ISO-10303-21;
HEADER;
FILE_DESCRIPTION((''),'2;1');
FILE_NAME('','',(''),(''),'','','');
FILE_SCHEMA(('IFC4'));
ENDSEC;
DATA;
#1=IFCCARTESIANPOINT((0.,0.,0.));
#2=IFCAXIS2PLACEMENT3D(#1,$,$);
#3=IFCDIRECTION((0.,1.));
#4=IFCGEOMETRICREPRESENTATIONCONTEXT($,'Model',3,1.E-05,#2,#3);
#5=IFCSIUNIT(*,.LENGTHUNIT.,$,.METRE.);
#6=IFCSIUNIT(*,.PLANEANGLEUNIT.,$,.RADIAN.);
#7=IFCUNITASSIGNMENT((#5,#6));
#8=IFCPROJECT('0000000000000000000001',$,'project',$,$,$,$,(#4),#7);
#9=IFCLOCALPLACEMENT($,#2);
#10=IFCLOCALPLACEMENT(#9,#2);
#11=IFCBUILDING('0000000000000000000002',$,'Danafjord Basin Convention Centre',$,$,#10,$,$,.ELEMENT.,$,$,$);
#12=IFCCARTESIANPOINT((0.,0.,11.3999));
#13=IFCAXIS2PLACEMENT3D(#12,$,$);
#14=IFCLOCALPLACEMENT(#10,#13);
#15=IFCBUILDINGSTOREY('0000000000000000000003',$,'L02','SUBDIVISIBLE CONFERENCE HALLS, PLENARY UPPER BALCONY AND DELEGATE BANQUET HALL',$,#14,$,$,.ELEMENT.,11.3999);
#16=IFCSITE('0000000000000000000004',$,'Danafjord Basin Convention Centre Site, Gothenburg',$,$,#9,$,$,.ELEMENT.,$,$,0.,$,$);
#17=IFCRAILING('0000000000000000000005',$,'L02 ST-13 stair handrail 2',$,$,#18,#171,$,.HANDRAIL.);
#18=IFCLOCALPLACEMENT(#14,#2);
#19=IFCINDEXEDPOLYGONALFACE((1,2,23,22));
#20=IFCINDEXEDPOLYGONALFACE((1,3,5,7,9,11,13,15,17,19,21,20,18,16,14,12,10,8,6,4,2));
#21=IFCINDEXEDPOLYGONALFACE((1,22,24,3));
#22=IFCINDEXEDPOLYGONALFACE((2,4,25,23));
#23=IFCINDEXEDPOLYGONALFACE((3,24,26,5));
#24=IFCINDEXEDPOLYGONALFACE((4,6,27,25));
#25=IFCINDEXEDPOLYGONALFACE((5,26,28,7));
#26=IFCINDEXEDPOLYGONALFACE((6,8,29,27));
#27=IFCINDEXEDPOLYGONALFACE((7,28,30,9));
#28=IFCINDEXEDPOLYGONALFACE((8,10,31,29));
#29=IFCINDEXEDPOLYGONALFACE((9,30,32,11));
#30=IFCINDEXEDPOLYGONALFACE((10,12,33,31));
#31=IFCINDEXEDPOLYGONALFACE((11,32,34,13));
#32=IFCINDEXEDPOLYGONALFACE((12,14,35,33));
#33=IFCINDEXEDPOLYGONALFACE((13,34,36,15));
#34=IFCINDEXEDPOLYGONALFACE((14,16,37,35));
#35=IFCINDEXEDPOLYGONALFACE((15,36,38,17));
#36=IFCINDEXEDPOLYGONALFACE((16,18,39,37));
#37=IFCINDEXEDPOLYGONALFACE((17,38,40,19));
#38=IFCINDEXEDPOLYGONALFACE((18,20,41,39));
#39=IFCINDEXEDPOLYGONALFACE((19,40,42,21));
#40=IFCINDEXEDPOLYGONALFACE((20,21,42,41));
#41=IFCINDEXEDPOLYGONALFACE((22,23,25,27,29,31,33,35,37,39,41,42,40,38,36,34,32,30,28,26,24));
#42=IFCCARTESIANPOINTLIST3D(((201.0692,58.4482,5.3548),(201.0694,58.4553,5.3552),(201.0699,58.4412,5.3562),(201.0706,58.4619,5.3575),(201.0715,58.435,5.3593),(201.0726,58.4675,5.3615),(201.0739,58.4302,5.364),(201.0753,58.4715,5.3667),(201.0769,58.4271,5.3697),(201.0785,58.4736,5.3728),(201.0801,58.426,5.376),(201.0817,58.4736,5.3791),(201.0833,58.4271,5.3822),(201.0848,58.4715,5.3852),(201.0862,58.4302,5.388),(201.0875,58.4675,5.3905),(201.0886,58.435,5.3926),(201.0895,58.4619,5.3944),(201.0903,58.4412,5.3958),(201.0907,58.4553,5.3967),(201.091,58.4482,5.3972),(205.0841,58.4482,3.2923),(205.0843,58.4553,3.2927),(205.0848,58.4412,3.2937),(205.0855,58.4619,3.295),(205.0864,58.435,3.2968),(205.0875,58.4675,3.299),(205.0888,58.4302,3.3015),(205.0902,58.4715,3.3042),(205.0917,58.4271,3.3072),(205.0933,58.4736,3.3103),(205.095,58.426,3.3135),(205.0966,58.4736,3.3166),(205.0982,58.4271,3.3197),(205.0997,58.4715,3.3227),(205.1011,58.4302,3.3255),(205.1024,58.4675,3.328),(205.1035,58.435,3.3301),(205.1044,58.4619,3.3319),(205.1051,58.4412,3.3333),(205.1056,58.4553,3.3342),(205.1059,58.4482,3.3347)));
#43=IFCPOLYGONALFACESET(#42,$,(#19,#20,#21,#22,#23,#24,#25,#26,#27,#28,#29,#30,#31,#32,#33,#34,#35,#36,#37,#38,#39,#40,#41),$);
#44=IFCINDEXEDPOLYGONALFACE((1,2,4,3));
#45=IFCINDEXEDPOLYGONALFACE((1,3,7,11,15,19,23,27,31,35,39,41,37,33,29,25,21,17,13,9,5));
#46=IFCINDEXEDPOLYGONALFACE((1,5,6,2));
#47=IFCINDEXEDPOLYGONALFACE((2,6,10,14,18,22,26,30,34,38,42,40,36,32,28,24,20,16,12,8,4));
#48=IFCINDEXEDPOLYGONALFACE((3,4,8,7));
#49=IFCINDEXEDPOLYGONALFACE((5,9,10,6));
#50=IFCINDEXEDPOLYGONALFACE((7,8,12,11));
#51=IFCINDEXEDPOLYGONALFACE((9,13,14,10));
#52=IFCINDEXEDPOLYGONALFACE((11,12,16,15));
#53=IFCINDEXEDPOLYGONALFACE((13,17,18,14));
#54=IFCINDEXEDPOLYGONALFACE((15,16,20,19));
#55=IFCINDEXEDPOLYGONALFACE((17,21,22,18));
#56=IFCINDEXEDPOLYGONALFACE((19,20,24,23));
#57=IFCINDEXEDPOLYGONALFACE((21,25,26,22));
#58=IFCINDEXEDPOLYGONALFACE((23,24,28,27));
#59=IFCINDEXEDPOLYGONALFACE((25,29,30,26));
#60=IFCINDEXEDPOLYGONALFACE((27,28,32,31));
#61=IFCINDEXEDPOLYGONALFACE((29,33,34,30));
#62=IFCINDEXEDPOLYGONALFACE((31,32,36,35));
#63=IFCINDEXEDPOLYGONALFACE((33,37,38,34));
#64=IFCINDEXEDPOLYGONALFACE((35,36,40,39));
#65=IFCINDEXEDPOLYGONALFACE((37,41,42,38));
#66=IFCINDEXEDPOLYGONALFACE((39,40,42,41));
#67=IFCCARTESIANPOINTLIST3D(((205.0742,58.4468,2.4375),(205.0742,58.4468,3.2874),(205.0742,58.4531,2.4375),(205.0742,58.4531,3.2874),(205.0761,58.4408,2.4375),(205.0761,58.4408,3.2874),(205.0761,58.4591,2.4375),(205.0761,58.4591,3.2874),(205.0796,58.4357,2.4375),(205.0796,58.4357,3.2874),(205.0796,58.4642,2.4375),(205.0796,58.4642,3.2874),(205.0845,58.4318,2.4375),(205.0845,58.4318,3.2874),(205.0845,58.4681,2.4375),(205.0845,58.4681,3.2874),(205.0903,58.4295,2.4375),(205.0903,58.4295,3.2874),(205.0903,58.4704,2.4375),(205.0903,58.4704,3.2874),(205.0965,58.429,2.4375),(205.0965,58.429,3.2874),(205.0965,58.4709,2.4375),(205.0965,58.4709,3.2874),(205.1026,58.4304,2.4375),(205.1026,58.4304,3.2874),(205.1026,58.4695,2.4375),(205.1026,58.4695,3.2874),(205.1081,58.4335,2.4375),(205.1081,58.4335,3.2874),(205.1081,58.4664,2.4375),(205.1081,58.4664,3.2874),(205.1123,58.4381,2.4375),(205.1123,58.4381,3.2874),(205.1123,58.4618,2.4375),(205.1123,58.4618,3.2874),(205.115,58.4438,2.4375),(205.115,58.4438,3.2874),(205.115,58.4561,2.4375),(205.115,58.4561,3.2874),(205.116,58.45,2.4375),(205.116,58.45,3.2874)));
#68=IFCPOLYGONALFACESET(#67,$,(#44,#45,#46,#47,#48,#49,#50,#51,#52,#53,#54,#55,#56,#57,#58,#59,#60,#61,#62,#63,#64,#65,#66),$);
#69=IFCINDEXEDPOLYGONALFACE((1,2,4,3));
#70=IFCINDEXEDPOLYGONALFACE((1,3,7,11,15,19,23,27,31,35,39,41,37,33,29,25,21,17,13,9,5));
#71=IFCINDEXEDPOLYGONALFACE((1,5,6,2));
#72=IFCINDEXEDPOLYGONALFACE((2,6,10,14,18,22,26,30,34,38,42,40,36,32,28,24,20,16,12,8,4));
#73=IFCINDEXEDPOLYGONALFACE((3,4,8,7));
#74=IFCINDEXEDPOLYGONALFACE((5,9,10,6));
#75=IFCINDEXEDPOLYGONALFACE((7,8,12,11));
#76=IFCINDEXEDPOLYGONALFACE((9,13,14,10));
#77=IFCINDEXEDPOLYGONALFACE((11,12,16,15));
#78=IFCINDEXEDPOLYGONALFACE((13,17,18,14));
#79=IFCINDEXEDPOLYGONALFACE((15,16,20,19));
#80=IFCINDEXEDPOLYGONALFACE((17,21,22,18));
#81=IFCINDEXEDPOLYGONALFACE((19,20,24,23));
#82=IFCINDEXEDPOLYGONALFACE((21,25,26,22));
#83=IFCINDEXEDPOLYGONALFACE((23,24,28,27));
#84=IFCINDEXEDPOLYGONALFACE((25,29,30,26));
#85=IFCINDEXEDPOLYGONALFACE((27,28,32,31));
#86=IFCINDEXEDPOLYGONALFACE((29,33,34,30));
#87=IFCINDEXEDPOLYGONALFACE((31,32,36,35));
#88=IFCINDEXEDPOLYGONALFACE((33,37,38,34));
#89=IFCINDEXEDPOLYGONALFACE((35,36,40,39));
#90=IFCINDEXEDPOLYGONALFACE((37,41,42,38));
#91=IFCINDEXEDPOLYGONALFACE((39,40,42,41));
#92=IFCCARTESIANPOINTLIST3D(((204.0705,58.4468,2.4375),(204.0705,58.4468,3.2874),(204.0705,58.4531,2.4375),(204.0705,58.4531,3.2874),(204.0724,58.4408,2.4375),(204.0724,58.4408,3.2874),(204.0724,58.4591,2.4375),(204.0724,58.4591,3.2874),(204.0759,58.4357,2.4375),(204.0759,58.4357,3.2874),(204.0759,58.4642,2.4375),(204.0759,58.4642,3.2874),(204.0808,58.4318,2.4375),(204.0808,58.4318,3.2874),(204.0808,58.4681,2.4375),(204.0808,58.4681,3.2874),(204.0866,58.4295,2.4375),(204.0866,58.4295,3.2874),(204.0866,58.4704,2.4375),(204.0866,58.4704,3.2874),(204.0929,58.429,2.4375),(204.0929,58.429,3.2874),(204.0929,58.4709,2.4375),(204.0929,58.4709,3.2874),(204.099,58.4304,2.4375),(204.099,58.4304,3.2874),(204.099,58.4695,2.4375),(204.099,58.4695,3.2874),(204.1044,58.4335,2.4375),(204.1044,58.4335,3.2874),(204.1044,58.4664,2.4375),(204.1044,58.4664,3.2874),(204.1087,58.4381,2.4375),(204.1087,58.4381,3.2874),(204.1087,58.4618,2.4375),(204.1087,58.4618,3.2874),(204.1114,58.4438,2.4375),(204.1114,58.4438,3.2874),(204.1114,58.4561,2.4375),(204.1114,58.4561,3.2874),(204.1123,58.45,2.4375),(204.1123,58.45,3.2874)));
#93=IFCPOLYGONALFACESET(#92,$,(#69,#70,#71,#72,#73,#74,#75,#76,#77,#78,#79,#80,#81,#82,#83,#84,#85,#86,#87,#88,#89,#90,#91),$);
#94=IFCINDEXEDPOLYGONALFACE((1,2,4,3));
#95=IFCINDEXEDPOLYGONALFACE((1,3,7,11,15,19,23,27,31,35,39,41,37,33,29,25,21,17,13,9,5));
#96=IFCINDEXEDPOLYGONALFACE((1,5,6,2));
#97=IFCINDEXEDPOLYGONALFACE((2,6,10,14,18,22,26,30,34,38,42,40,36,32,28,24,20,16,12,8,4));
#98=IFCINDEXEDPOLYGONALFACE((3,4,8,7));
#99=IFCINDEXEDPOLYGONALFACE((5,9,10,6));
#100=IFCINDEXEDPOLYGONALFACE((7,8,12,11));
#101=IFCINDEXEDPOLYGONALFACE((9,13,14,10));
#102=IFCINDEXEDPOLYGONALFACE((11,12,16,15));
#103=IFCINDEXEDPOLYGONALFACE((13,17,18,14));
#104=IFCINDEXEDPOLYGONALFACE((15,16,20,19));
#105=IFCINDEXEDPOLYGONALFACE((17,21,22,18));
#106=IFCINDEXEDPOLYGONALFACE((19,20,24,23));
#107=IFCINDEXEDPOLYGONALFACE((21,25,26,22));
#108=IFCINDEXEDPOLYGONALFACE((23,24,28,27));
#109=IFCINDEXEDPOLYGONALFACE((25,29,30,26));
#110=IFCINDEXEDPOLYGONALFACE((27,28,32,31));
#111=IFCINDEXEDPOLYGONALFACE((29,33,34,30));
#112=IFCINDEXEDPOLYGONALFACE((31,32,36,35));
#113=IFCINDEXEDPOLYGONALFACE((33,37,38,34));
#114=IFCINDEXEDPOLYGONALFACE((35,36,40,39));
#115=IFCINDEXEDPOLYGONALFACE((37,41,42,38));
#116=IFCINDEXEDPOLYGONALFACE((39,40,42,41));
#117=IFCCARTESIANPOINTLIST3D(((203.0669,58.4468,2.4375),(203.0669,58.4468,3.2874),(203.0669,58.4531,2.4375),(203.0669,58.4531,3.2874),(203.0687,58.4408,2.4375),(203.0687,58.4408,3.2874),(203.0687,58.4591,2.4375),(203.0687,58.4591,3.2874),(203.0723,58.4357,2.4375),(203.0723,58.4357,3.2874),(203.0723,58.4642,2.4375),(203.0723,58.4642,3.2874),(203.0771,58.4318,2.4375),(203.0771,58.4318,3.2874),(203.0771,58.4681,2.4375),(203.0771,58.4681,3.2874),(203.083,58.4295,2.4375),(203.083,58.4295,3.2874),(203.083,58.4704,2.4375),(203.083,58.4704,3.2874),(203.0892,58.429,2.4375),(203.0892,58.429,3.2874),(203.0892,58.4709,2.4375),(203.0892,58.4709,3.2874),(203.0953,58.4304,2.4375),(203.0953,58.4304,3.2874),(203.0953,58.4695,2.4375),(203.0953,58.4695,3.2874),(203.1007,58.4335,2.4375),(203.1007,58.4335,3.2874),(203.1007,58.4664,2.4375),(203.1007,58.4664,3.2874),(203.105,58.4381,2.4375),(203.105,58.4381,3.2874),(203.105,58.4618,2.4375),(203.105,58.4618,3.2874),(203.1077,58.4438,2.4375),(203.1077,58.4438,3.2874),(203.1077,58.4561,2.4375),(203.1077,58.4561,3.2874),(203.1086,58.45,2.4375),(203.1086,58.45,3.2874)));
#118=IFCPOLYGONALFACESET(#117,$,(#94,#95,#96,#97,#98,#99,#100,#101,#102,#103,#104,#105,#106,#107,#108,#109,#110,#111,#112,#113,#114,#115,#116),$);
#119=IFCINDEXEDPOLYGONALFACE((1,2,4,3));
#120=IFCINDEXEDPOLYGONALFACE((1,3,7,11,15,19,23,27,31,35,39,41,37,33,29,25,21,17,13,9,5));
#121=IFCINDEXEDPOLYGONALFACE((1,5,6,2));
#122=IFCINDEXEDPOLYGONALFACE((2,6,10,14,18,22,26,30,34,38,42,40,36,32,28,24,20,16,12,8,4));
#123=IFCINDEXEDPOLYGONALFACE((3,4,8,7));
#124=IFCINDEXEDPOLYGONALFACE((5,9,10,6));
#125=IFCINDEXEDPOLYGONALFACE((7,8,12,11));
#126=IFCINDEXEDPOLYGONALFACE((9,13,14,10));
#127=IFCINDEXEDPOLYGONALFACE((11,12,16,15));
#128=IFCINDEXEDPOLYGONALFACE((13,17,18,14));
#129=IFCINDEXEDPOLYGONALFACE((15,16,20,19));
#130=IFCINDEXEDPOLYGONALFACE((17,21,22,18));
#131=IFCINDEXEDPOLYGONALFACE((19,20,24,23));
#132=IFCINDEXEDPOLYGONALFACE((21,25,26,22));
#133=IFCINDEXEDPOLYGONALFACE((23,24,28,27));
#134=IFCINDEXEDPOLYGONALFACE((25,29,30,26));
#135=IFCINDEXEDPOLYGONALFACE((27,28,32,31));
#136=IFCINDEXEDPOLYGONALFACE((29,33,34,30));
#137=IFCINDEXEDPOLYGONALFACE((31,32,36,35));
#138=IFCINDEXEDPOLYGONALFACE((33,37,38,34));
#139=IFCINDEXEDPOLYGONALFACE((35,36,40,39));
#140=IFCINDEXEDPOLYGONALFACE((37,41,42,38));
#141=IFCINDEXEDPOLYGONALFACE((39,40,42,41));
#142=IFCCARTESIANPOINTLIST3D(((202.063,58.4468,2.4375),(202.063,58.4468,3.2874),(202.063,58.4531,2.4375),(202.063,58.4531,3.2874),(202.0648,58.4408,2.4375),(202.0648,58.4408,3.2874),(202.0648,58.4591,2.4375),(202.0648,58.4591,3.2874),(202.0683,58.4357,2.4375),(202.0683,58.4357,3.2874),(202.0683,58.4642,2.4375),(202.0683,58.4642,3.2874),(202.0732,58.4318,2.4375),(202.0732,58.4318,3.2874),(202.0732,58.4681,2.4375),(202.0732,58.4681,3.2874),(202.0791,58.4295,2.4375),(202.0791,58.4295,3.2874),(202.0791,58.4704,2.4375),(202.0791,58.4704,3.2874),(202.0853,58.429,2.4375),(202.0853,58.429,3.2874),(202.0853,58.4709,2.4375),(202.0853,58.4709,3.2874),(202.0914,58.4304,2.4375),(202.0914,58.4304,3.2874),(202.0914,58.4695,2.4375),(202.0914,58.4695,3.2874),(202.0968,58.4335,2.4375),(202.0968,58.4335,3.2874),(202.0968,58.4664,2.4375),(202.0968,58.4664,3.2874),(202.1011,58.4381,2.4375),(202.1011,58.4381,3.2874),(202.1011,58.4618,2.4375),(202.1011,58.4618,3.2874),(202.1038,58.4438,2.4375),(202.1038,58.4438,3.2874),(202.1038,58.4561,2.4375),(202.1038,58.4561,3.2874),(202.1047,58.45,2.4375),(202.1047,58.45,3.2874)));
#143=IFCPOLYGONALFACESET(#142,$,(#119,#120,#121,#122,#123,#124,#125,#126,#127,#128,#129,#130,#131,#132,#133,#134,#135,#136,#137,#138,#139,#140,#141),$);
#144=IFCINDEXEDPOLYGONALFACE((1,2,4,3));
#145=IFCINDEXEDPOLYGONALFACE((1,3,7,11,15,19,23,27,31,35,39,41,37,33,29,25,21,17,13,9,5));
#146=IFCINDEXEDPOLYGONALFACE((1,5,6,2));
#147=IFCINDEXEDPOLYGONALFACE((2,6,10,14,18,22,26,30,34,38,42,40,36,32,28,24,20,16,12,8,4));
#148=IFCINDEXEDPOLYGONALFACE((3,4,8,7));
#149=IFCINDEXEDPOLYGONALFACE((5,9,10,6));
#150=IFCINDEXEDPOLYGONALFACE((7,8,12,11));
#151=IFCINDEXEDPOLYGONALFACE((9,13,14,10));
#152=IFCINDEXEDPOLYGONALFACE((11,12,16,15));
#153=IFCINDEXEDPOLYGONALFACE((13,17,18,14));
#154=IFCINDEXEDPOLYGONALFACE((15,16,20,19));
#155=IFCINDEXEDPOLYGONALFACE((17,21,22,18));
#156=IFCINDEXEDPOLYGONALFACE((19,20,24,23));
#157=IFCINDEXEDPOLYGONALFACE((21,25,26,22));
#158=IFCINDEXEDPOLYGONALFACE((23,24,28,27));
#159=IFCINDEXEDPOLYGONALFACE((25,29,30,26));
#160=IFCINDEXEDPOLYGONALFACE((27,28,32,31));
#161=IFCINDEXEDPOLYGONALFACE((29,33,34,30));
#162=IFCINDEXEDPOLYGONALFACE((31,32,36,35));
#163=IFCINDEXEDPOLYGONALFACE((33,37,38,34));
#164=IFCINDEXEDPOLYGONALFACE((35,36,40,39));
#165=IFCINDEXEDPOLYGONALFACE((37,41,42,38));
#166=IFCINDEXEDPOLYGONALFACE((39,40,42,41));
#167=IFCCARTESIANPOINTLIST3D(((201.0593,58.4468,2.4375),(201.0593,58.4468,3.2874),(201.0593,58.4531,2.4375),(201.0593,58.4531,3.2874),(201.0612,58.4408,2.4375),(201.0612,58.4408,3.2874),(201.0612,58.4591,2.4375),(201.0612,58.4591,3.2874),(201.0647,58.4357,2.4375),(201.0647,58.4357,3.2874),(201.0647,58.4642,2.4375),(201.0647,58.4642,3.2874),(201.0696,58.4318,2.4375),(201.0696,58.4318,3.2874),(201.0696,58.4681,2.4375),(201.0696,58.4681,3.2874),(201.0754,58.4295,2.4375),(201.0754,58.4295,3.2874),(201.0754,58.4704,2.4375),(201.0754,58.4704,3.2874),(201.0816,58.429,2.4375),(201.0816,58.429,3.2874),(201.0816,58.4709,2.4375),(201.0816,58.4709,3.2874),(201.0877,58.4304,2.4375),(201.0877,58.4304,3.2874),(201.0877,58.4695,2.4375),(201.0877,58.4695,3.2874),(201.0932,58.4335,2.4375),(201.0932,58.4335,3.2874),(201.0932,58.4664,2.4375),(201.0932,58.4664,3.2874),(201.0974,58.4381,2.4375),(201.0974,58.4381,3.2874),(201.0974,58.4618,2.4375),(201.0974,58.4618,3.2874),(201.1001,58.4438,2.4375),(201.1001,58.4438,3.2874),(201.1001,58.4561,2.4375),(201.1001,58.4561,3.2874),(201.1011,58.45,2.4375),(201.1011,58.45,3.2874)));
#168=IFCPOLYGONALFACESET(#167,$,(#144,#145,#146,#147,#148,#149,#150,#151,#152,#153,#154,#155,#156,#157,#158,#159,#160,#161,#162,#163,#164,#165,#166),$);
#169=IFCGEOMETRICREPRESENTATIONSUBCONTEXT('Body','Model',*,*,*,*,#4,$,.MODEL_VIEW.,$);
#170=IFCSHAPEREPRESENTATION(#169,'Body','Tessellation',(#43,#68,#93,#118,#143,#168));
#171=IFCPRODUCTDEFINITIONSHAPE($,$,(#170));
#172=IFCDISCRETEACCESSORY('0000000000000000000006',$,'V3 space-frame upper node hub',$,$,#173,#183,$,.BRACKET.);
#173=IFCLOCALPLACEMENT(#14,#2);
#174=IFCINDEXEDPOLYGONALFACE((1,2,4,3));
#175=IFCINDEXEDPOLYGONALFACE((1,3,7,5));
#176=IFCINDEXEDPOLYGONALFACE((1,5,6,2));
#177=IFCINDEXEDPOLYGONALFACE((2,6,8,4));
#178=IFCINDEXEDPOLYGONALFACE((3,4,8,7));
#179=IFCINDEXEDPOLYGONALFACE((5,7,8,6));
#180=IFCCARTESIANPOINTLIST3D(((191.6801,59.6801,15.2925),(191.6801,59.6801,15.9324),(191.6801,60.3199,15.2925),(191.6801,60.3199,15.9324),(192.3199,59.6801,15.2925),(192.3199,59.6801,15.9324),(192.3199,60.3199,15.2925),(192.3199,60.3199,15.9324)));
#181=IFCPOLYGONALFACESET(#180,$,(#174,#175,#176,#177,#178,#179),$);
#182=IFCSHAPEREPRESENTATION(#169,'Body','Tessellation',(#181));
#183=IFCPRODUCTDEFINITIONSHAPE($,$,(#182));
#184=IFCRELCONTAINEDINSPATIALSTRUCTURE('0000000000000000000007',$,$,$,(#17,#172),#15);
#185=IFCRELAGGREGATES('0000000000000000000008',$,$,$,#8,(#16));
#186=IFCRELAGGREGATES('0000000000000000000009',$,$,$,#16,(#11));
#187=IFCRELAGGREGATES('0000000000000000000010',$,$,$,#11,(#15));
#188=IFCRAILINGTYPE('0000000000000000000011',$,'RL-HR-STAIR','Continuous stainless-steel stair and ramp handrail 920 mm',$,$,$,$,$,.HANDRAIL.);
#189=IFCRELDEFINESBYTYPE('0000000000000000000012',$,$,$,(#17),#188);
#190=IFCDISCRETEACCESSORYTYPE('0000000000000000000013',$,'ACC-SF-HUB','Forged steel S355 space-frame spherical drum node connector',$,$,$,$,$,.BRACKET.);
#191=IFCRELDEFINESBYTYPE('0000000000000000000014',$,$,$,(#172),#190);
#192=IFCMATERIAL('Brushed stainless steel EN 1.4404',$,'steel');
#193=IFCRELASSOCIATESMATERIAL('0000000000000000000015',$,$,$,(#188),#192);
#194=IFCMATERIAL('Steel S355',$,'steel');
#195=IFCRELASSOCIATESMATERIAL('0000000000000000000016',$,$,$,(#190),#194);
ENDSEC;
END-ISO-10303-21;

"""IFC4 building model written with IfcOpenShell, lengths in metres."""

from ifc_helpers import new_model, si_unit, direction, frame, origin, origin_2d, place, context, subcontext, project, spatial, rectangle, circle, extrude, material, type_object, element, save


model = new_model("IFC4")

# Units and contexts
model_context = context("Model", 3, precision=1e-05, world=origin(), true_north=direction((0.0, 1.0)))
body_context = subcontext(model_context, "Body", "Model", "MODEL_VIEW")
ifc_project = project(units=[si_unit("LENGTHUNIT", "METRE"), si_unit("PLANEANGLEUNIT", "RADIAN")], contexts=[model_context])

# Site, building, storey
site_placement = place(None, origin())
site = spatial("IfcSite", under=ifc_project, at=site_placement, Name="Danafjord Basin Convention Centre Site, Gothenburg", CompositionType="ELEMENT", RefElevation=0.0)
building_placement = place(site_placement, origin())
building = spatial("IfcBuilding", under=site, at=building_placement, Name="Danafjord Basin Convention Centre", CompositionType="ELEMENT")
storey_placement = place(building_placement, frame((0.0, 0.0, 11.3999)))
storey = spatial("IfcBuildingStorey", under=building, at=storey_placement, Name="L02", Description="SUBDIVISIBLE CONFERENCE HALLS, PLENARY UPPER BALCONY AND DELEGATE BANQUET HALL", CompositionType="ELEMENT", Elevation=11.3999)

# Shared definitions
ifc_material_1 = material(Name="Steel S355", Category="steel")

# Railing
ifc_material_2 = material(Name="Brushed stainless steel EN 1.4404", Category="steel")
railing_type_1 = type_object("IfcRailingType", Name="RL-HR-STAIR", Description="Continuous stainless-steel stair and ramp handrail 920 mm", PredefinedType="HANDRAIL", material=ifc_material_2)
railing_1_placement = place(storey_placement, frame((205.095, 58.45, 2.4375)))
element("IfcRailing", 1, at=railing_1_placement, inside=storey, type_object=railing_type_1, Name="L02 ST-13 stair handrail 2", PredefinedType="HANDRAIL", context=body_context, shape_type="SweptSolid", body=[
    extrude(circle(Radius=0.0239, at=origin_2d()), frame((0.0, 0.0, 0.876), z_axis=(-0.889495, 0.0, 0.456945), x_axis=(0.0, -1.0, 0.0)), (0.0, 0.0, 1.0), 4.5137),
    extrude(circle(Radius=0.021, at=origin_2d()), origin(), (0.0, 0.0, 1.0), 0.8499),
    extrude(circle(Radius=0.021, at=origin_2d()), frame((-1.0037, 0.0, 0.0)), (0.0, 0.0, 1.0), 0.8499),
    extrude(circle(Radius=0.021, at=origin_2d()), frame((-2.0073, 0.0, 0.0)), (0.0, 0.0, 1.0), 0.8499),
    extrude(circle(Radius=0.021, at=origin_2d()), frame((-3.0112, 0.0, 0.0)), (0.0, 0.0, 1.0), 0.8499),
    extrude(circle(Radius=0.021, at=origin_2d()), frame((-4.0149, 0.0, 0.0)), (0.0, 0.0, 1.0), 0.8499),
])

# Discrete accessory
discrete_accessory_type = type_object("IfcDiscreteAccessoryType", Name="ACC-SF-HUB", Description="Forged steel S355 space-frame spherical drum node connector", PredefinedType="BRACKET", material=ifc_material_1)
discrete_accessory_placement = place(storey_placement, frame((192.0, 60.0, 15.2925), z_axis=(0.0, 0.0, 1.0), x_axis=(1.0, 0.0, 0.0)))
element("IfcDiscreteAccessory", 2, at=discrete_accessory_placement, inside=storey, type_object=discrete_accessory_type, Name="V3 space-frame upper node hub", PredefinedType="BRACKET", context=body_context, shape_type="SweptSolid", body=[
    extrude(rectangle(XDim=0.6399, YDim=0.6399, at=origin_2d()), origin(), (0.0, 0.0, 1.0), 0.6399),
])

save(model, "model.ifc")
